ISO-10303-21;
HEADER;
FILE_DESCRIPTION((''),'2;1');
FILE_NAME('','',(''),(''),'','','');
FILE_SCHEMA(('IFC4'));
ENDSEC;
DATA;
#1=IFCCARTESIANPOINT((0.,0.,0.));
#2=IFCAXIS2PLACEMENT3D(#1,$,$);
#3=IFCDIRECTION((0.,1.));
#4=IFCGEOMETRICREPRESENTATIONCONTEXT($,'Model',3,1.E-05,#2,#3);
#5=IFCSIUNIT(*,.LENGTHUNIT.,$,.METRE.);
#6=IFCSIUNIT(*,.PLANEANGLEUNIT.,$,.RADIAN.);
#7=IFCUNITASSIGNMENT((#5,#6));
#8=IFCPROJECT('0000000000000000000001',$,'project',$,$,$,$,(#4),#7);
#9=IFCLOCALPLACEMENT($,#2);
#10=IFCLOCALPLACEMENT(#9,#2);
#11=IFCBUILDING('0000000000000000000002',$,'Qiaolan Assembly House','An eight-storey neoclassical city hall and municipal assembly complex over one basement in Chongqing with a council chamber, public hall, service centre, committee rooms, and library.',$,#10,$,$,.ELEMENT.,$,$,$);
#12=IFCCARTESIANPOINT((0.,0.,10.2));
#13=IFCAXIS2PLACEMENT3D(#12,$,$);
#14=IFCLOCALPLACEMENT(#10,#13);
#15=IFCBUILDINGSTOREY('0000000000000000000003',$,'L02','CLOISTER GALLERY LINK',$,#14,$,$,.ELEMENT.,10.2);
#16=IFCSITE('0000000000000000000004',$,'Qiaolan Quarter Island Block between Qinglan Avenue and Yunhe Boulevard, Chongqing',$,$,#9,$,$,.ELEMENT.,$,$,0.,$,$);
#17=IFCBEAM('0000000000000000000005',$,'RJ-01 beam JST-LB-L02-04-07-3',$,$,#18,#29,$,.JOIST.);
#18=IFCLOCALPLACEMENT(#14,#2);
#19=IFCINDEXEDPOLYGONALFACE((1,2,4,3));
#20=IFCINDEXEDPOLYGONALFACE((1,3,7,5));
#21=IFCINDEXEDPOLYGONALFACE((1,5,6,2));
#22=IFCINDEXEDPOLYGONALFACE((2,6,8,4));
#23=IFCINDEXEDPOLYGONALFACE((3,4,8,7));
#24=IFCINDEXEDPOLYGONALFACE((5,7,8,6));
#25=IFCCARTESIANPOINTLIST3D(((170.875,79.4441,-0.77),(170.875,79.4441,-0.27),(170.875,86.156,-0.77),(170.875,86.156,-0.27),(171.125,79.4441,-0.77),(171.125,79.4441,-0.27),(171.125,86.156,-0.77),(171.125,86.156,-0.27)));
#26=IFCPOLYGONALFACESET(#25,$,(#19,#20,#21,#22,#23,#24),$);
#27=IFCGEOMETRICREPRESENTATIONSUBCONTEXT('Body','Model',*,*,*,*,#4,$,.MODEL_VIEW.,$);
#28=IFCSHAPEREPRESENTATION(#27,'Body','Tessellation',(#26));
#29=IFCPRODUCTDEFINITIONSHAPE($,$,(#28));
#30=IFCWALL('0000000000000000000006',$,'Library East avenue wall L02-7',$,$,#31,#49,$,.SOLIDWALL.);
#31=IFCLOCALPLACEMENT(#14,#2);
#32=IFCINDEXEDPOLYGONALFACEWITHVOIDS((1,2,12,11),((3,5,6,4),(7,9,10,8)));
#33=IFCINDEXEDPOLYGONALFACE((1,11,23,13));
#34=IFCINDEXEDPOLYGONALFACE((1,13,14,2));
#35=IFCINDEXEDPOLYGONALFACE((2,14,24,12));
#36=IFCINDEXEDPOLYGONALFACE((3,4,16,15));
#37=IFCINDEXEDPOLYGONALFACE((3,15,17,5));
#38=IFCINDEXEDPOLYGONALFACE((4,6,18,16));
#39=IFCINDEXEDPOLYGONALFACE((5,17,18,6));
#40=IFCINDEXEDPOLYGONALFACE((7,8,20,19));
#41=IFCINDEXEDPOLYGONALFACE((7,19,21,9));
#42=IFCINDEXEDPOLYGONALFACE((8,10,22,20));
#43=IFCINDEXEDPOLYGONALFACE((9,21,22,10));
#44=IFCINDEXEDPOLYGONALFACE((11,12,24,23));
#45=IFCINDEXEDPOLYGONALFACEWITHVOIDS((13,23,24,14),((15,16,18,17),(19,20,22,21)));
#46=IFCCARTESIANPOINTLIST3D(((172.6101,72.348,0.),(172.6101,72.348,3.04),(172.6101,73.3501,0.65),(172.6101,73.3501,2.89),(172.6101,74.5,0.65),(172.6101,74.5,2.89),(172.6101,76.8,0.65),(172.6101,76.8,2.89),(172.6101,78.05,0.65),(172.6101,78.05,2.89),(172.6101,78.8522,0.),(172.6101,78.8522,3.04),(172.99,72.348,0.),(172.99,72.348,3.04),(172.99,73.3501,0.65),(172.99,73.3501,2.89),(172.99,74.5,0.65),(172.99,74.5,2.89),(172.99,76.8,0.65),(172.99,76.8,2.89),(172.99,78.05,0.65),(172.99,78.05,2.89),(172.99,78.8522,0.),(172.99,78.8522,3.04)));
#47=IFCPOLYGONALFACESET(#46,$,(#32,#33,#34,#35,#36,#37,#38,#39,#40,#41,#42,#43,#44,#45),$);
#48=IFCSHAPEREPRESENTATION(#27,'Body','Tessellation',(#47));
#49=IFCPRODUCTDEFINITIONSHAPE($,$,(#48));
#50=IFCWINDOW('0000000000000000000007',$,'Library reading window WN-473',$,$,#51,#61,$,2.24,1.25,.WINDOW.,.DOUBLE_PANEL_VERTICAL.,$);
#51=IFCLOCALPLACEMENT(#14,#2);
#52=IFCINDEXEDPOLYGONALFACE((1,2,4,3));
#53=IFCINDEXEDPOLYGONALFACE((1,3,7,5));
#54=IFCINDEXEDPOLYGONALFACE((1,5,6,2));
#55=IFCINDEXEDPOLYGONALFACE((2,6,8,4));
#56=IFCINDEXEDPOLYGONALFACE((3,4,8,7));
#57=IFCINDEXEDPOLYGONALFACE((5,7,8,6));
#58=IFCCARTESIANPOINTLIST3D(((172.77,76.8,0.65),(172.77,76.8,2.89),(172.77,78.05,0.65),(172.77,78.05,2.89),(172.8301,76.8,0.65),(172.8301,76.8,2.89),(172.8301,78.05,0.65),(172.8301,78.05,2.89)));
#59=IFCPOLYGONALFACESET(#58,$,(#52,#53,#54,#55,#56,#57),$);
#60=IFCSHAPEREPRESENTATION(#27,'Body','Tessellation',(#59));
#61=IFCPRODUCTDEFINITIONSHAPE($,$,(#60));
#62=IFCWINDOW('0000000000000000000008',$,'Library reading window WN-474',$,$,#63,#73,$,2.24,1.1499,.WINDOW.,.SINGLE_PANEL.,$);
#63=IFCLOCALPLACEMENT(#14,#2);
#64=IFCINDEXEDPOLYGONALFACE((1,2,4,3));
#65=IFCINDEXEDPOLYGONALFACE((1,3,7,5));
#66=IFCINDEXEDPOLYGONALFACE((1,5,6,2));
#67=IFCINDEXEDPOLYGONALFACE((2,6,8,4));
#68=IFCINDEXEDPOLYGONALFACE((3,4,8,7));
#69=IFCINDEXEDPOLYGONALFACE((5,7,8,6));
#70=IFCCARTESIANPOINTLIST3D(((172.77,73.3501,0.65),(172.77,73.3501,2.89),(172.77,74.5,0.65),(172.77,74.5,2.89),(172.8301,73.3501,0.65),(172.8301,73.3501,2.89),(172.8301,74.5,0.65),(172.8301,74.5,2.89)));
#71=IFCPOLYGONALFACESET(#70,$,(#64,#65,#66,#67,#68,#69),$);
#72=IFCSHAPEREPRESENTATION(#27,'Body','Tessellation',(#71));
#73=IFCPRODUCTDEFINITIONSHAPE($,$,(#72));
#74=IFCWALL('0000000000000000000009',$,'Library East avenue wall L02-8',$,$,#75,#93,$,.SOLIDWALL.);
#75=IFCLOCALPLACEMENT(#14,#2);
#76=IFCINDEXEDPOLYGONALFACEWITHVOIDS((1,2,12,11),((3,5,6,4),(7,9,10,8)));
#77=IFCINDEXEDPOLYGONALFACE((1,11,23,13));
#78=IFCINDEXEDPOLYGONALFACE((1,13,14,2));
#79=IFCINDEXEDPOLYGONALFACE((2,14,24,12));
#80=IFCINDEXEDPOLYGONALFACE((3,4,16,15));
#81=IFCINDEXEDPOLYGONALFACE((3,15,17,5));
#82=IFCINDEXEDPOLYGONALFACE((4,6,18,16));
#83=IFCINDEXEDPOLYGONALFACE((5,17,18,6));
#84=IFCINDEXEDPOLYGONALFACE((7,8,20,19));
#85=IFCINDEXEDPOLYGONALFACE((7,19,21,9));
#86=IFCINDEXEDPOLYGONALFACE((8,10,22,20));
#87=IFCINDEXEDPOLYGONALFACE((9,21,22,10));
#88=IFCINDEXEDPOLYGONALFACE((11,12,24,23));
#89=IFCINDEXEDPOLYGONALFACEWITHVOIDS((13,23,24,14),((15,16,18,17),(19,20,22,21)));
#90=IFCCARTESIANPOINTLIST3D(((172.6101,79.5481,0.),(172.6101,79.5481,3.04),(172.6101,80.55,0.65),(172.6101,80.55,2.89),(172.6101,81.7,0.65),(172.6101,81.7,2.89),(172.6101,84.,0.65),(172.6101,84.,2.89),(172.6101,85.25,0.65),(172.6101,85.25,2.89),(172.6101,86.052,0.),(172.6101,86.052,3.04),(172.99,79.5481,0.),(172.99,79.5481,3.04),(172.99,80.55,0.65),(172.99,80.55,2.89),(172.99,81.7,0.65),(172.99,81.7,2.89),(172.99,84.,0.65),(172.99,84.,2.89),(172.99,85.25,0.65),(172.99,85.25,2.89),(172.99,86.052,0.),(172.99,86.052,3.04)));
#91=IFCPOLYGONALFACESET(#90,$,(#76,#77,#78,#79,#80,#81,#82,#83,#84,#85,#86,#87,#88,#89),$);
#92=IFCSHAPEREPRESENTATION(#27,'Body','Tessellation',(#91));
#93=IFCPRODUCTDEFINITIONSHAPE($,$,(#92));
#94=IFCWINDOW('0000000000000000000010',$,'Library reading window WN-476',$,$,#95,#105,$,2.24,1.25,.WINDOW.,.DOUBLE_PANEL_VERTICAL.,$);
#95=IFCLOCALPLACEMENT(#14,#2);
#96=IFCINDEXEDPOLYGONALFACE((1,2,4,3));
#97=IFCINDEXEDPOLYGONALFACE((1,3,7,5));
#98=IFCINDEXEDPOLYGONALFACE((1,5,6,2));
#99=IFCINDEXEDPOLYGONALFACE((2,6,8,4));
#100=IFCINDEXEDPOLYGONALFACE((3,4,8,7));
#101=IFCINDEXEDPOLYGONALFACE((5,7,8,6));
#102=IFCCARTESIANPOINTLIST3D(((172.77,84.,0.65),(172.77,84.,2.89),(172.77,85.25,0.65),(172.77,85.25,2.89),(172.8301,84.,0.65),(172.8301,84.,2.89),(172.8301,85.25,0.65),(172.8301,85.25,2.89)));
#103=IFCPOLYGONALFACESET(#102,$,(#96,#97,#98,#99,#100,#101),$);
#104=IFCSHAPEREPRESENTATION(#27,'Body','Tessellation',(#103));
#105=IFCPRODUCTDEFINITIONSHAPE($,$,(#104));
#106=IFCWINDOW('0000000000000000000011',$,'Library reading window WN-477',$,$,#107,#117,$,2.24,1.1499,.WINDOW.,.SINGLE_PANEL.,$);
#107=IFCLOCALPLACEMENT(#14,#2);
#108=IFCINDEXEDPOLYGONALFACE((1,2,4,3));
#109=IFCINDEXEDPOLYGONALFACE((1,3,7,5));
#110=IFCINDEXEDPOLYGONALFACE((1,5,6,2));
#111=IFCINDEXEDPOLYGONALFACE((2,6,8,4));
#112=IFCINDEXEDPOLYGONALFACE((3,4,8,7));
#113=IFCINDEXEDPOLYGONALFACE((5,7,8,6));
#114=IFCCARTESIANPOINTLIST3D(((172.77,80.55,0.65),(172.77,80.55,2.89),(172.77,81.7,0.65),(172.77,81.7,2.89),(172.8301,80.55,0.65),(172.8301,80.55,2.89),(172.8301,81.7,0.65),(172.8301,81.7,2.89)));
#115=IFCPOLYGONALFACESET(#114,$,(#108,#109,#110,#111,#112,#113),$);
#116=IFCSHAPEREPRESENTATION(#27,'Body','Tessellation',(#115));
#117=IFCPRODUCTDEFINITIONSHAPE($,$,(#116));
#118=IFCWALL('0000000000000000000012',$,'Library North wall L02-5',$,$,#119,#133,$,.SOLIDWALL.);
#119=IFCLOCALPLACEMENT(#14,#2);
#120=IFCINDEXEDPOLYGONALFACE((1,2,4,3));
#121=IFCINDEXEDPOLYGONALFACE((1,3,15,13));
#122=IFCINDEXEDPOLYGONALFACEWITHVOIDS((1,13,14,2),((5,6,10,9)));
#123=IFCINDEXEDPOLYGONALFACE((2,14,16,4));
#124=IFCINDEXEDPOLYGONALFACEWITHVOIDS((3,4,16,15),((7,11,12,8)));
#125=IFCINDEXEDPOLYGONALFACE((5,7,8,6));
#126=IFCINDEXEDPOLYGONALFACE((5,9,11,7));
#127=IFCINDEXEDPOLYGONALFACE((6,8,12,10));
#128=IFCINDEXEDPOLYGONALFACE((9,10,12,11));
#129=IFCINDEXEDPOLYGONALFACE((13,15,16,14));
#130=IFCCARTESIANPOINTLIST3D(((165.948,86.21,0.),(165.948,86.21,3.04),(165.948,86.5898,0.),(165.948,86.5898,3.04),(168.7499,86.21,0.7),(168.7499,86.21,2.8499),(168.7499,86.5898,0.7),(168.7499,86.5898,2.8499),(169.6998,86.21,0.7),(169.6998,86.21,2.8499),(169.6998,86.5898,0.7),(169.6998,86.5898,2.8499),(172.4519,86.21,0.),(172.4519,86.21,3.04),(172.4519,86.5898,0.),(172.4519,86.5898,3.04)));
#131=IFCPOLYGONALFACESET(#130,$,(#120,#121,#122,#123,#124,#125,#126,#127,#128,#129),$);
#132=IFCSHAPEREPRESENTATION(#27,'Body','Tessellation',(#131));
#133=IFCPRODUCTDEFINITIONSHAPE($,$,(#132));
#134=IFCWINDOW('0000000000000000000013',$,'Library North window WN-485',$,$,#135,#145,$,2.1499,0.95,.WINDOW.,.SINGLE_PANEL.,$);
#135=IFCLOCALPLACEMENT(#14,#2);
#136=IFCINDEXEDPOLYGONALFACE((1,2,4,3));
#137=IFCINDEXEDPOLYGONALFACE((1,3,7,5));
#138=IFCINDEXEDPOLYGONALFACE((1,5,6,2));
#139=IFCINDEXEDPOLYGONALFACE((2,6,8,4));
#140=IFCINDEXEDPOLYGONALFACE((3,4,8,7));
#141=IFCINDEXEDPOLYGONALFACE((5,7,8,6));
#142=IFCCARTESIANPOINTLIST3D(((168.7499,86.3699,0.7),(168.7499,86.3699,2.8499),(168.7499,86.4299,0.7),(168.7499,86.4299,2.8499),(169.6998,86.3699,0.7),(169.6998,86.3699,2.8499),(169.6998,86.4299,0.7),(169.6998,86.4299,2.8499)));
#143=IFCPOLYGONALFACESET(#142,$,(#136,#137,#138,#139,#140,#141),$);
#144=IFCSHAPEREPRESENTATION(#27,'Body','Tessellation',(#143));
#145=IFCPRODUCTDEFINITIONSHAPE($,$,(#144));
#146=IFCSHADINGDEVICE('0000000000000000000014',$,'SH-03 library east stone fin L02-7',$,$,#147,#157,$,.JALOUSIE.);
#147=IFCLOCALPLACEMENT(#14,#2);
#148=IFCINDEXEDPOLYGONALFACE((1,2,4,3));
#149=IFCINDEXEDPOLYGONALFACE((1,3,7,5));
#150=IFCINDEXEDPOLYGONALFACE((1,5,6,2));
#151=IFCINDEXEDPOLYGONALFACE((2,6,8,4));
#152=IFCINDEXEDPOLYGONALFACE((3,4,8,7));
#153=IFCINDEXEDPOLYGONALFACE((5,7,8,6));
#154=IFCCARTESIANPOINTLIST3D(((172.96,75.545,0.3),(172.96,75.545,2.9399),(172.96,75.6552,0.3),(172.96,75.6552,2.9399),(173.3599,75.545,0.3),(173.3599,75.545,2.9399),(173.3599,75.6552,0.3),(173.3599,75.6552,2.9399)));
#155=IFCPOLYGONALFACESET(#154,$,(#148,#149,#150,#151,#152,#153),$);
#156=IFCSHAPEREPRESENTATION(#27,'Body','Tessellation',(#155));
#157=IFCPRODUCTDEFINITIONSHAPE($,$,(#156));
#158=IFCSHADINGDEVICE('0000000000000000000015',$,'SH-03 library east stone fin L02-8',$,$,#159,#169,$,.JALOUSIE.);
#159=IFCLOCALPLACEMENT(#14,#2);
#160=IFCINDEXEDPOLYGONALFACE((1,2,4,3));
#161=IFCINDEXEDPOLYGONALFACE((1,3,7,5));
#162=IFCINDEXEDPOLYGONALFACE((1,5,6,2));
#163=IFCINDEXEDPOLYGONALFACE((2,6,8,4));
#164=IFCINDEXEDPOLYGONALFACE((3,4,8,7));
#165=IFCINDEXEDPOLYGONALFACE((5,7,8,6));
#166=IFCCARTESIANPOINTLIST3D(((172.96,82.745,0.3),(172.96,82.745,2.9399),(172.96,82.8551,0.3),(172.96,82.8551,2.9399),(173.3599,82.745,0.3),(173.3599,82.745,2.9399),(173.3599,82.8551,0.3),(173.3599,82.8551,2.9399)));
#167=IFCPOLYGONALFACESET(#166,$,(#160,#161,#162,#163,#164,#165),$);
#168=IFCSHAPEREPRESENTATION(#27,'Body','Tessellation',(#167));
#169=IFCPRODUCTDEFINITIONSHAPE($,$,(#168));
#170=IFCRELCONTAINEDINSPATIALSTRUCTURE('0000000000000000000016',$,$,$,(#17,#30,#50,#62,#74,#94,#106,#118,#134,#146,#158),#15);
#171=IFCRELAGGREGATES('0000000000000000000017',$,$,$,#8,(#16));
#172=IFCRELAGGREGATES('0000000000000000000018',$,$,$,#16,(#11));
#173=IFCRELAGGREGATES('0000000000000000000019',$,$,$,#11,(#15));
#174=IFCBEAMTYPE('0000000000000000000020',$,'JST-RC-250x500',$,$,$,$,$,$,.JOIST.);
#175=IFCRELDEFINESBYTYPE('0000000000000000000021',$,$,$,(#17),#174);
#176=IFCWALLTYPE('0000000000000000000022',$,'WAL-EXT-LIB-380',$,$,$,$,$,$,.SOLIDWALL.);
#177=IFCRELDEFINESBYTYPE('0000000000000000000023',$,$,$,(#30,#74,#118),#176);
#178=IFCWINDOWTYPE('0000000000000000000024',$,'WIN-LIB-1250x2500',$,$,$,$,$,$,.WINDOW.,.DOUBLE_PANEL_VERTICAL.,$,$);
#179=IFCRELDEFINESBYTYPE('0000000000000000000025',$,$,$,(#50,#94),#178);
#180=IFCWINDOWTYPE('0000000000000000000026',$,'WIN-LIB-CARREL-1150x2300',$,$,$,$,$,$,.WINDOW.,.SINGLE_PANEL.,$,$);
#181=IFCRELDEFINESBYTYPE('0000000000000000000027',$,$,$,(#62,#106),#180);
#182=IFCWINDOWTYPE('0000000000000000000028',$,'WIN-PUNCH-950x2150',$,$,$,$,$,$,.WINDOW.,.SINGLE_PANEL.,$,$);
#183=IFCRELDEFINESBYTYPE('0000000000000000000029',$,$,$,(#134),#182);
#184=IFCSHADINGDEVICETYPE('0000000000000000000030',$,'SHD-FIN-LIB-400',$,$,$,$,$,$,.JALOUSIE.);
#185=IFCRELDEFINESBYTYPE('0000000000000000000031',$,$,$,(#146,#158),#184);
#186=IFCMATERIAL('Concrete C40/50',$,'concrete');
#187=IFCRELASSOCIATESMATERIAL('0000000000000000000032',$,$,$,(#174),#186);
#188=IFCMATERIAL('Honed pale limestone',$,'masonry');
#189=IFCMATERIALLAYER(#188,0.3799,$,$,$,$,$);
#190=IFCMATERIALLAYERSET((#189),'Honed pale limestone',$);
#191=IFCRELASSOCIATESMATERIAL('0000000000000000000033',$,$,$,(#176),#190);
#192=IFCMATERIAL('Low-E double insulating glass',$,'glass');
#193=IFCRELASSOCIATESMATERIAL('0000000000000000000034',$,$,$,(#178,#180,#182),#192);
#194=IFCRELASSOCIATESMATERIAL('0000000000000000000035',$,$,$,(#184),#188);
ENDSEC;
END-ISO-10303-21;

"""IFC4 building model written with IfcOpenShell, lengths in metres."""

from ifc_helpers import new_model, si_unit, direction, frame, frame_2d, origin, origin_2d, place, context, subcontext, project, spatial, rectangle, extrude, material, layer, layer_set, material_profile, profile_set, type_object, element, fill, save


model = new_model("IFC4")

# Units and contexts
model_context = context("Model", 3, precision=1e-05, world=origin(), true_north=direction((0.0, 1.0)))
body_context = subcontext(model_context, "Body", "Model", "MODEL_VIEW")
ifc_project = project(units=[si_unit("LENGTHUNIT", "METRE"), si_unit("PLANEANGLEUNIT", "RADIAN")], contexts=[model_context])

# Site, building, storey
site_placement = place(None, origin())
site = spatial("IfcSite", under=ifc_project, at=site_placement, Name="Qiaolan Quarter Island Block between Qinglan Avenue and Yunhe Boulevard, Chongqing", CompositionType="ELEMENT", RefElevation=0.0)
building_placement = place(site_placement, origin())
building = spatial("IfcBuilding", under=site, at=building_placement, Name="Qiaolan Assembly House", Description="An eight-storey neoclassical city hall and municipal assembly complex over one basement in Chongqing with a council chamber, public hall, service centre, committee rooms, and library.", CompositionType="ELEMENT")
storey_placement = place(building_placement, frame((0.0, 0.0, 10.2)))
storey = spatial("IfcBuildingStorey", under=building, at=storey_placement, Name="L02", Description="CLOISTER GALLERY LINK", CompositionType="ELEMENT", Elevation=10.2)

# Shared definitions
ifc_material_1 = material(Name="Concrete C40/50", Category="concrete")

# Beam
ifc_material_profile_1 = material_profile(ifc_material_1, rectangle(XDim=0.25, YDim=0.5, at=origin_2d()), Name="RCB 250x500")
ifc_profile_set_1 = profile_set([ifc_material_profile_1], Name="Concrete C40/50")
beam_type_1 = type_object("IfcBeamType", Name="JST-RC-250x500", PredefinedType="JOIST", material=ifc_profile_set_1)
for number, where, z_axis, x_axis, name in (
    (1, (171.0, 79.4441, -0.52), (0.0, 1.0, 0.0), (-1.0, 0.0, 0.0), "RJ-01 beam JST-LB-L02-04-07-3"),
):
    element("IfcBeam", number, at=place(storey_placement, frame(where, z_axis=z_axis, x_axis=x_axis)), inside=storey, type_object=beam_type_1, Name=name, PredefinedType="JOIST", context=body_context, shape_type="SweptSolid", body=[
        extrude(rectangle(XDim=0.25, YDim=0.5, at=origin_2d()), origin(), (0.0, 0.0, 1.0), 6.7119),
    ])

# Walls, openings, windows
ifc_material_2 = material(Name="Honed pale limestone", Category="masonry")
ifc_layer = layer(ifc_material_2, 0.3799)
ifc_layer_set = layer_set([ifc_layer], Name="Honed pale limestone")
wall_type = type_object("IfcWallType", Name="WAL-EXT-LIB-380", PredefinedType="SOLIDWALL", material=ifc_layer_set)
wall_1_placement = place(storey_placement, frame((172.8, 78.8521, 0.0), z_axis=(0.0, 0.0, 1.0), x_axis=(0.0, -1.0, 0.0)))
wall_1 = element("IfcWall", 2, at=wall_1_placement, inside=storey, type_object=wall_type, Name="Library East avenue wall L02-7", PredefinedType="SOLIDWALL", context=body_context, shape_type="SweptSolid", body=[
    extrude(rectangle(XDim=6.5042, YDim=0.3799, at=frame_2d((3.252, 0.0))), origin(), (0.0, 0.0, 1.0), 3.04),
])
opening_1_placement = place(wall_1_placement, frame((0.802, 0.0, 0.6499)))
opening_1 = element("IfcOpeningElement", 3, at=opening_1_placement, cuts=wall_1, PredefinedType="OPENING", context=body_context, shape_type="SweptSolid", body=[
    extrude(rectangle(XDim=1.25, YDim=2.24, at=frame_2d((0.625, 1.1201))), frame((0.0, 0.2, 0.0), z_axis=(0.0, -1.0, 0.0), x_axis=(1.0, 0.0, 0.0)), (0.0, 0.0, 1.0), 0.3999),
])
opening_2_placement = place(wall_1_placement, frame((4.3521, 0.0, 0.6499)))
opening_2 = element("IfcOpeningElement", 4, at=opening_2_placement, cuts=wall_1, PredefinedType="OPENING", context=body_context, shape_type="SweptSolid", body=[
    extrude(rectangle(XDim=1.1499, YDim=2.24, at=frame_2d((0.575, 1.1201))), frame((0.0, 0.2, 0.0), z_axis=(0.0, -1.0, 0.0), x_axis=(1.0, 0.0, 0.0)), (0.0, 0.0, 1.0), 0.3999),
])
ifc_material_3 = material(Name="Low-E double insulating glass", Category="glass")
window_type_1 = type_object("IfcWindowType", Name="WIN-LIB-1250x2500", PartitioningType="DOUBLE_PANEL_VERTICAL", PredefinedType="WINDOW", material=ifc_material_3)
window_1_placement = place(opening_1_placement, origin())
window_1 = element("IfcWindow", 5, at=window_1_placement, inside=storey, type_object=window_type_1, Name="Library reading window WN-473", OverallHeight=2.24, OverallWidth=1.25, PartitioningType="DOUBLE_PANEL_VERTICAL", PredefinedType="WINDOW", context=body_context, shape_type="SweptSolid", body=[
    extrude(rectangle(XDim=1.25, YDim=2.24, at=frame_2d((0.625, 1.1201))), frame((0.0, 0.03, 0.0), z_axis=(0.0, -1.0, 0.0), x_axis=(1.0, 0.0, 0.0)), (0.0, 0.0, 1.0), 0.0601),
])
fill(opening_1, window_1)
window_type_2 = type_object("IfcWindowType", Name="WIN-LIB-CARREL-1150x2300", PartitioningType="SINGLE_PANEL", PredefinedType="WINDOW", material=ifc_material_3)
window_2_placement = place(opening_2_placement, origin())
window_2 = element("IfcWindow", 6, at=window_2_placement, inside=storey, type_object=window_type_2, Name="Library reading window WN-474", OverallHeight=2.24, OverallWidth=1.1499, PartitioningType="SINGLE_PANEL", PredefinedType="WINDOW", context=body_context, shape_type="SweptSolid", body=[
    extrude(rectangle(XDim=1.1499, YDim=2.24, at=frame_2d((0.575, 1.1201))), frame((0.0, 0.03, 0.0), z_axis=(0.0, -1.0, 0.0), x_axis=(1.0, 0.0, 0.0)), (0.0, 0.0, 1.0), 0.0601),
])
fill(opening_2, window_2)
wall_2_placement = place(storey_placement, frame((172.8, 86.052, 0.0), z_axis=(0.0, 0.0, 1.0), x_axis=(0.0, -1.0, 0.0)))
wall_2 = element("IfcWall", 7, at=wall_2_placement, inside=storey, type_object=wall_type, Name="Library East avenue wall L02-8", PredefinedType="SOLIDWALL", context=body_context, shape_type="SweptSolid", body=[
    extrude(rectangle(XDim=6.5039, YDim=0.3799, at=frame_2d((3.252, 0.0))), origin(), (0.0, 0.0, 1.0), 3.04),
])
opening_3_placement = place(wall_2_placement, frame((0.802, 0.0, 0.6499)))
opening_3 = element("IfcOpeningElement", 8, at=opening_3_placement, cuts=wall_2, PredefinedType="OPENING", context=body_context, shape_type="SweptSolid", body=[
    extrude(rectangle(XDim=1.25, YDim=2.24, at=frame_2d((0.625, 1.1201))), frame((0.0, 0.2, 0.0), z_axis=(0.0, -1.0, 0.0), x_axis=(1.0, 0.0, 0.0)), (0.0, 0.0, 1.0), 0.3999),
])
opening_4_placement = place(wall_2_placement, frame((4.3521, 0.0, 0.6499)))
opening_4 = element("IfcOpeningElement", 9, at=opening_4_placement, cuts=wall_2, PredefinedType="OPENING", context=body_context, shape_type="SweptSolid", body=[
    extrude(rectangle(XDim=1.1499, YDim=2.24, at=frame_2d((0.575, 1.1201))), frame((0.0, 0.2, 0.0), z_axis=(0.0, -1.0, 0.0), x_axis=(1.0, 0.0, 0.0)), (0.0, 0.0, 1.0), 0.3999),
])
window_3_placement = place(opening_3_placement, origin())
window_3 = element("IfcWindow", 10, at=window_3_placement, inside=storey, type_object=window_type_1, Name="Library reading window WN-476", OverallHeight=2.24, OverallWidth=1.25, PartitioningType="DOUBLE_PANEL_VERTICAL", PredefinedType="WINDOW", context=body_context, shape_type="SweptSolid", body=[
    extrude(rectangle(XDim=1.25, YDim=2.24, at=frame_2d((0.625, 1.1201))), frame((0.0, 0.03, 0.0), z_axis=(0.0, -1.0, 0.0), x_axis=(1.0, 0.0, 0.0)), (0.0, 0.0, 1.0), 0.0601),
])
fill(opening_3, window_3)
window_4_placement = place(opening_4_placement, origin())
window_4 = element("IfcWindow", 11, at=window_4_placement, inside=storey, type_object=window_type_2, Name="Library reading window WN-477", OverallHeight=2.24, OverallWidth=1.1499, PartitioningType="SINGLE_PANEL", PredefinedType="WINDOW", context=body_context, shape_type="SweptSolid", body=[
    extrude(rectangle(XDim=1.1499, YDim=2.24, at=frame_2d((0.575, 1.1201))), frame((0.0, 0.03, 0.0), z_axis=(0.0, -1.0, 0.0), x_axis=(1.0, 0.0, 0.0)), (0.0, 0.0, 1.0), 0.0601),
])
fill(opening_4, window_4)

# Wall, opening, window
wall_3_placement = place(storey_placement, frame((172.4519, 86.3999, 0.0), z_axis=(0.0, 0.0, 1.0), x_axis=(-1.0, 0.0, 0.0)))
wall_3 = element("IfcWall", 12, at=wall_3_placement, inside=storey, type_object=wall_type, Name="Library North wall L02-5", PredefinedType="SOLIDWALL", context=body_context, shape_type="SweptSolid", body=[
    extrude(rectangle(XDim=6.5039, YDim=0.3799, at=frame_2d((3.252, 0.0))), origin(), (0.0, 0.0, 1.0), 3.04),
])
opening_5_placement = place(wall_3_placement, frame((2.752, 0.0, 0.7)))
opening_5 = element("IfcOpeningElement", 13, at=opening_5_placement, cuts=wall_3, PredefinedType="OPENING", context=body_context, shape_type="SweptSolid", body=[
    extrude(rectangle(XDim=0.95, YDim=2.1499, at=frame_2d((0.4751, 1.075))), frame((0.0, 0.2, 0.0), z_axis=(0.0, -1.0, 0.0), x_axis=(1.0, 0.0, 0.0)), (0.0, 0.0, 1.0), 0.3999),
])
window_type_3 = type_object("IfcWindowType", Name="WIN-PUNCH-950x2150", PartitioningType="SINGLE_PANEL", PredefinedType="WINDOW", material=ifc_material_3)
window_5_placement = place(opening_5_placement, origin())
window_5 = element("IfcWindow", 14, at=window_5_placement, inside=storey, type_object=window_type_3, Name="Library North window WN-485", OverallHeight=2.1499, OverallWidth=0.95, PartitioningType="SINGLE_PANEL", PredefinedType="WINDOW", context=body_context, shape_type="SweptSolid", body=[
    extrude(rectangle(XDim=0.95, YDim=2.1499, at=frame_2d((0.4751, 1.075))), frame((0.0, 0.03, 0.0), z_axis=(0.0, -1.0, 0.0), x_axis=(1.0, 0.0, 0.0)), (0.0, 0.0, 1.0), 0.0601),
])
fill(opening_5, window_5)

# Shading devices
ifc_material_profile_2 = material_profile(ifc_material_2, rectangle(XDim=0.1101, YDim=0.3999, at=origin_2d()), Name="FIN 110x400")
ifc_profile_set_2 = profile_set([ifc_material_profile_2], Name="Honed pale limestone")
shading_device_type = type_object("IfcShadingDeviceType", Name="SHD-FIN-LIB-400", PredefinedType="JALOUSIE", material=ifc_profile_set_2)
for number, where, z_axis, x_axis, name in (
    (15, (173.1599, 75.6001, 0.3), (0.0, 0.0, 1.0), (0.0, 1.0, 0.0), "SH-03 library east stone fin L02-7"),
    (16, (173.1599, 82.8, 0.3), (0.0, 0.0, 1.0), (0.0, 1.0, 0.0), "SH-03 library east stone fin L02-8"),
):
    element("IfcShadingDevice", number, at=place(storey_placement, frame(where, z_axis=z_axis, x_axis=x_axis)), inside=storey, type_object=shading_device_type, Name=name, PredefinedType="JALOUSIE", context=body_context, shape_type="SweptSolid", body=[
        extrude(rectangle(XDim=0.1101, YDim=0.3999, at=origin_2d()), origin(), (0.0, 0.0, 1.0), 2.6399),
    ])

save(model, "model.ifc")
